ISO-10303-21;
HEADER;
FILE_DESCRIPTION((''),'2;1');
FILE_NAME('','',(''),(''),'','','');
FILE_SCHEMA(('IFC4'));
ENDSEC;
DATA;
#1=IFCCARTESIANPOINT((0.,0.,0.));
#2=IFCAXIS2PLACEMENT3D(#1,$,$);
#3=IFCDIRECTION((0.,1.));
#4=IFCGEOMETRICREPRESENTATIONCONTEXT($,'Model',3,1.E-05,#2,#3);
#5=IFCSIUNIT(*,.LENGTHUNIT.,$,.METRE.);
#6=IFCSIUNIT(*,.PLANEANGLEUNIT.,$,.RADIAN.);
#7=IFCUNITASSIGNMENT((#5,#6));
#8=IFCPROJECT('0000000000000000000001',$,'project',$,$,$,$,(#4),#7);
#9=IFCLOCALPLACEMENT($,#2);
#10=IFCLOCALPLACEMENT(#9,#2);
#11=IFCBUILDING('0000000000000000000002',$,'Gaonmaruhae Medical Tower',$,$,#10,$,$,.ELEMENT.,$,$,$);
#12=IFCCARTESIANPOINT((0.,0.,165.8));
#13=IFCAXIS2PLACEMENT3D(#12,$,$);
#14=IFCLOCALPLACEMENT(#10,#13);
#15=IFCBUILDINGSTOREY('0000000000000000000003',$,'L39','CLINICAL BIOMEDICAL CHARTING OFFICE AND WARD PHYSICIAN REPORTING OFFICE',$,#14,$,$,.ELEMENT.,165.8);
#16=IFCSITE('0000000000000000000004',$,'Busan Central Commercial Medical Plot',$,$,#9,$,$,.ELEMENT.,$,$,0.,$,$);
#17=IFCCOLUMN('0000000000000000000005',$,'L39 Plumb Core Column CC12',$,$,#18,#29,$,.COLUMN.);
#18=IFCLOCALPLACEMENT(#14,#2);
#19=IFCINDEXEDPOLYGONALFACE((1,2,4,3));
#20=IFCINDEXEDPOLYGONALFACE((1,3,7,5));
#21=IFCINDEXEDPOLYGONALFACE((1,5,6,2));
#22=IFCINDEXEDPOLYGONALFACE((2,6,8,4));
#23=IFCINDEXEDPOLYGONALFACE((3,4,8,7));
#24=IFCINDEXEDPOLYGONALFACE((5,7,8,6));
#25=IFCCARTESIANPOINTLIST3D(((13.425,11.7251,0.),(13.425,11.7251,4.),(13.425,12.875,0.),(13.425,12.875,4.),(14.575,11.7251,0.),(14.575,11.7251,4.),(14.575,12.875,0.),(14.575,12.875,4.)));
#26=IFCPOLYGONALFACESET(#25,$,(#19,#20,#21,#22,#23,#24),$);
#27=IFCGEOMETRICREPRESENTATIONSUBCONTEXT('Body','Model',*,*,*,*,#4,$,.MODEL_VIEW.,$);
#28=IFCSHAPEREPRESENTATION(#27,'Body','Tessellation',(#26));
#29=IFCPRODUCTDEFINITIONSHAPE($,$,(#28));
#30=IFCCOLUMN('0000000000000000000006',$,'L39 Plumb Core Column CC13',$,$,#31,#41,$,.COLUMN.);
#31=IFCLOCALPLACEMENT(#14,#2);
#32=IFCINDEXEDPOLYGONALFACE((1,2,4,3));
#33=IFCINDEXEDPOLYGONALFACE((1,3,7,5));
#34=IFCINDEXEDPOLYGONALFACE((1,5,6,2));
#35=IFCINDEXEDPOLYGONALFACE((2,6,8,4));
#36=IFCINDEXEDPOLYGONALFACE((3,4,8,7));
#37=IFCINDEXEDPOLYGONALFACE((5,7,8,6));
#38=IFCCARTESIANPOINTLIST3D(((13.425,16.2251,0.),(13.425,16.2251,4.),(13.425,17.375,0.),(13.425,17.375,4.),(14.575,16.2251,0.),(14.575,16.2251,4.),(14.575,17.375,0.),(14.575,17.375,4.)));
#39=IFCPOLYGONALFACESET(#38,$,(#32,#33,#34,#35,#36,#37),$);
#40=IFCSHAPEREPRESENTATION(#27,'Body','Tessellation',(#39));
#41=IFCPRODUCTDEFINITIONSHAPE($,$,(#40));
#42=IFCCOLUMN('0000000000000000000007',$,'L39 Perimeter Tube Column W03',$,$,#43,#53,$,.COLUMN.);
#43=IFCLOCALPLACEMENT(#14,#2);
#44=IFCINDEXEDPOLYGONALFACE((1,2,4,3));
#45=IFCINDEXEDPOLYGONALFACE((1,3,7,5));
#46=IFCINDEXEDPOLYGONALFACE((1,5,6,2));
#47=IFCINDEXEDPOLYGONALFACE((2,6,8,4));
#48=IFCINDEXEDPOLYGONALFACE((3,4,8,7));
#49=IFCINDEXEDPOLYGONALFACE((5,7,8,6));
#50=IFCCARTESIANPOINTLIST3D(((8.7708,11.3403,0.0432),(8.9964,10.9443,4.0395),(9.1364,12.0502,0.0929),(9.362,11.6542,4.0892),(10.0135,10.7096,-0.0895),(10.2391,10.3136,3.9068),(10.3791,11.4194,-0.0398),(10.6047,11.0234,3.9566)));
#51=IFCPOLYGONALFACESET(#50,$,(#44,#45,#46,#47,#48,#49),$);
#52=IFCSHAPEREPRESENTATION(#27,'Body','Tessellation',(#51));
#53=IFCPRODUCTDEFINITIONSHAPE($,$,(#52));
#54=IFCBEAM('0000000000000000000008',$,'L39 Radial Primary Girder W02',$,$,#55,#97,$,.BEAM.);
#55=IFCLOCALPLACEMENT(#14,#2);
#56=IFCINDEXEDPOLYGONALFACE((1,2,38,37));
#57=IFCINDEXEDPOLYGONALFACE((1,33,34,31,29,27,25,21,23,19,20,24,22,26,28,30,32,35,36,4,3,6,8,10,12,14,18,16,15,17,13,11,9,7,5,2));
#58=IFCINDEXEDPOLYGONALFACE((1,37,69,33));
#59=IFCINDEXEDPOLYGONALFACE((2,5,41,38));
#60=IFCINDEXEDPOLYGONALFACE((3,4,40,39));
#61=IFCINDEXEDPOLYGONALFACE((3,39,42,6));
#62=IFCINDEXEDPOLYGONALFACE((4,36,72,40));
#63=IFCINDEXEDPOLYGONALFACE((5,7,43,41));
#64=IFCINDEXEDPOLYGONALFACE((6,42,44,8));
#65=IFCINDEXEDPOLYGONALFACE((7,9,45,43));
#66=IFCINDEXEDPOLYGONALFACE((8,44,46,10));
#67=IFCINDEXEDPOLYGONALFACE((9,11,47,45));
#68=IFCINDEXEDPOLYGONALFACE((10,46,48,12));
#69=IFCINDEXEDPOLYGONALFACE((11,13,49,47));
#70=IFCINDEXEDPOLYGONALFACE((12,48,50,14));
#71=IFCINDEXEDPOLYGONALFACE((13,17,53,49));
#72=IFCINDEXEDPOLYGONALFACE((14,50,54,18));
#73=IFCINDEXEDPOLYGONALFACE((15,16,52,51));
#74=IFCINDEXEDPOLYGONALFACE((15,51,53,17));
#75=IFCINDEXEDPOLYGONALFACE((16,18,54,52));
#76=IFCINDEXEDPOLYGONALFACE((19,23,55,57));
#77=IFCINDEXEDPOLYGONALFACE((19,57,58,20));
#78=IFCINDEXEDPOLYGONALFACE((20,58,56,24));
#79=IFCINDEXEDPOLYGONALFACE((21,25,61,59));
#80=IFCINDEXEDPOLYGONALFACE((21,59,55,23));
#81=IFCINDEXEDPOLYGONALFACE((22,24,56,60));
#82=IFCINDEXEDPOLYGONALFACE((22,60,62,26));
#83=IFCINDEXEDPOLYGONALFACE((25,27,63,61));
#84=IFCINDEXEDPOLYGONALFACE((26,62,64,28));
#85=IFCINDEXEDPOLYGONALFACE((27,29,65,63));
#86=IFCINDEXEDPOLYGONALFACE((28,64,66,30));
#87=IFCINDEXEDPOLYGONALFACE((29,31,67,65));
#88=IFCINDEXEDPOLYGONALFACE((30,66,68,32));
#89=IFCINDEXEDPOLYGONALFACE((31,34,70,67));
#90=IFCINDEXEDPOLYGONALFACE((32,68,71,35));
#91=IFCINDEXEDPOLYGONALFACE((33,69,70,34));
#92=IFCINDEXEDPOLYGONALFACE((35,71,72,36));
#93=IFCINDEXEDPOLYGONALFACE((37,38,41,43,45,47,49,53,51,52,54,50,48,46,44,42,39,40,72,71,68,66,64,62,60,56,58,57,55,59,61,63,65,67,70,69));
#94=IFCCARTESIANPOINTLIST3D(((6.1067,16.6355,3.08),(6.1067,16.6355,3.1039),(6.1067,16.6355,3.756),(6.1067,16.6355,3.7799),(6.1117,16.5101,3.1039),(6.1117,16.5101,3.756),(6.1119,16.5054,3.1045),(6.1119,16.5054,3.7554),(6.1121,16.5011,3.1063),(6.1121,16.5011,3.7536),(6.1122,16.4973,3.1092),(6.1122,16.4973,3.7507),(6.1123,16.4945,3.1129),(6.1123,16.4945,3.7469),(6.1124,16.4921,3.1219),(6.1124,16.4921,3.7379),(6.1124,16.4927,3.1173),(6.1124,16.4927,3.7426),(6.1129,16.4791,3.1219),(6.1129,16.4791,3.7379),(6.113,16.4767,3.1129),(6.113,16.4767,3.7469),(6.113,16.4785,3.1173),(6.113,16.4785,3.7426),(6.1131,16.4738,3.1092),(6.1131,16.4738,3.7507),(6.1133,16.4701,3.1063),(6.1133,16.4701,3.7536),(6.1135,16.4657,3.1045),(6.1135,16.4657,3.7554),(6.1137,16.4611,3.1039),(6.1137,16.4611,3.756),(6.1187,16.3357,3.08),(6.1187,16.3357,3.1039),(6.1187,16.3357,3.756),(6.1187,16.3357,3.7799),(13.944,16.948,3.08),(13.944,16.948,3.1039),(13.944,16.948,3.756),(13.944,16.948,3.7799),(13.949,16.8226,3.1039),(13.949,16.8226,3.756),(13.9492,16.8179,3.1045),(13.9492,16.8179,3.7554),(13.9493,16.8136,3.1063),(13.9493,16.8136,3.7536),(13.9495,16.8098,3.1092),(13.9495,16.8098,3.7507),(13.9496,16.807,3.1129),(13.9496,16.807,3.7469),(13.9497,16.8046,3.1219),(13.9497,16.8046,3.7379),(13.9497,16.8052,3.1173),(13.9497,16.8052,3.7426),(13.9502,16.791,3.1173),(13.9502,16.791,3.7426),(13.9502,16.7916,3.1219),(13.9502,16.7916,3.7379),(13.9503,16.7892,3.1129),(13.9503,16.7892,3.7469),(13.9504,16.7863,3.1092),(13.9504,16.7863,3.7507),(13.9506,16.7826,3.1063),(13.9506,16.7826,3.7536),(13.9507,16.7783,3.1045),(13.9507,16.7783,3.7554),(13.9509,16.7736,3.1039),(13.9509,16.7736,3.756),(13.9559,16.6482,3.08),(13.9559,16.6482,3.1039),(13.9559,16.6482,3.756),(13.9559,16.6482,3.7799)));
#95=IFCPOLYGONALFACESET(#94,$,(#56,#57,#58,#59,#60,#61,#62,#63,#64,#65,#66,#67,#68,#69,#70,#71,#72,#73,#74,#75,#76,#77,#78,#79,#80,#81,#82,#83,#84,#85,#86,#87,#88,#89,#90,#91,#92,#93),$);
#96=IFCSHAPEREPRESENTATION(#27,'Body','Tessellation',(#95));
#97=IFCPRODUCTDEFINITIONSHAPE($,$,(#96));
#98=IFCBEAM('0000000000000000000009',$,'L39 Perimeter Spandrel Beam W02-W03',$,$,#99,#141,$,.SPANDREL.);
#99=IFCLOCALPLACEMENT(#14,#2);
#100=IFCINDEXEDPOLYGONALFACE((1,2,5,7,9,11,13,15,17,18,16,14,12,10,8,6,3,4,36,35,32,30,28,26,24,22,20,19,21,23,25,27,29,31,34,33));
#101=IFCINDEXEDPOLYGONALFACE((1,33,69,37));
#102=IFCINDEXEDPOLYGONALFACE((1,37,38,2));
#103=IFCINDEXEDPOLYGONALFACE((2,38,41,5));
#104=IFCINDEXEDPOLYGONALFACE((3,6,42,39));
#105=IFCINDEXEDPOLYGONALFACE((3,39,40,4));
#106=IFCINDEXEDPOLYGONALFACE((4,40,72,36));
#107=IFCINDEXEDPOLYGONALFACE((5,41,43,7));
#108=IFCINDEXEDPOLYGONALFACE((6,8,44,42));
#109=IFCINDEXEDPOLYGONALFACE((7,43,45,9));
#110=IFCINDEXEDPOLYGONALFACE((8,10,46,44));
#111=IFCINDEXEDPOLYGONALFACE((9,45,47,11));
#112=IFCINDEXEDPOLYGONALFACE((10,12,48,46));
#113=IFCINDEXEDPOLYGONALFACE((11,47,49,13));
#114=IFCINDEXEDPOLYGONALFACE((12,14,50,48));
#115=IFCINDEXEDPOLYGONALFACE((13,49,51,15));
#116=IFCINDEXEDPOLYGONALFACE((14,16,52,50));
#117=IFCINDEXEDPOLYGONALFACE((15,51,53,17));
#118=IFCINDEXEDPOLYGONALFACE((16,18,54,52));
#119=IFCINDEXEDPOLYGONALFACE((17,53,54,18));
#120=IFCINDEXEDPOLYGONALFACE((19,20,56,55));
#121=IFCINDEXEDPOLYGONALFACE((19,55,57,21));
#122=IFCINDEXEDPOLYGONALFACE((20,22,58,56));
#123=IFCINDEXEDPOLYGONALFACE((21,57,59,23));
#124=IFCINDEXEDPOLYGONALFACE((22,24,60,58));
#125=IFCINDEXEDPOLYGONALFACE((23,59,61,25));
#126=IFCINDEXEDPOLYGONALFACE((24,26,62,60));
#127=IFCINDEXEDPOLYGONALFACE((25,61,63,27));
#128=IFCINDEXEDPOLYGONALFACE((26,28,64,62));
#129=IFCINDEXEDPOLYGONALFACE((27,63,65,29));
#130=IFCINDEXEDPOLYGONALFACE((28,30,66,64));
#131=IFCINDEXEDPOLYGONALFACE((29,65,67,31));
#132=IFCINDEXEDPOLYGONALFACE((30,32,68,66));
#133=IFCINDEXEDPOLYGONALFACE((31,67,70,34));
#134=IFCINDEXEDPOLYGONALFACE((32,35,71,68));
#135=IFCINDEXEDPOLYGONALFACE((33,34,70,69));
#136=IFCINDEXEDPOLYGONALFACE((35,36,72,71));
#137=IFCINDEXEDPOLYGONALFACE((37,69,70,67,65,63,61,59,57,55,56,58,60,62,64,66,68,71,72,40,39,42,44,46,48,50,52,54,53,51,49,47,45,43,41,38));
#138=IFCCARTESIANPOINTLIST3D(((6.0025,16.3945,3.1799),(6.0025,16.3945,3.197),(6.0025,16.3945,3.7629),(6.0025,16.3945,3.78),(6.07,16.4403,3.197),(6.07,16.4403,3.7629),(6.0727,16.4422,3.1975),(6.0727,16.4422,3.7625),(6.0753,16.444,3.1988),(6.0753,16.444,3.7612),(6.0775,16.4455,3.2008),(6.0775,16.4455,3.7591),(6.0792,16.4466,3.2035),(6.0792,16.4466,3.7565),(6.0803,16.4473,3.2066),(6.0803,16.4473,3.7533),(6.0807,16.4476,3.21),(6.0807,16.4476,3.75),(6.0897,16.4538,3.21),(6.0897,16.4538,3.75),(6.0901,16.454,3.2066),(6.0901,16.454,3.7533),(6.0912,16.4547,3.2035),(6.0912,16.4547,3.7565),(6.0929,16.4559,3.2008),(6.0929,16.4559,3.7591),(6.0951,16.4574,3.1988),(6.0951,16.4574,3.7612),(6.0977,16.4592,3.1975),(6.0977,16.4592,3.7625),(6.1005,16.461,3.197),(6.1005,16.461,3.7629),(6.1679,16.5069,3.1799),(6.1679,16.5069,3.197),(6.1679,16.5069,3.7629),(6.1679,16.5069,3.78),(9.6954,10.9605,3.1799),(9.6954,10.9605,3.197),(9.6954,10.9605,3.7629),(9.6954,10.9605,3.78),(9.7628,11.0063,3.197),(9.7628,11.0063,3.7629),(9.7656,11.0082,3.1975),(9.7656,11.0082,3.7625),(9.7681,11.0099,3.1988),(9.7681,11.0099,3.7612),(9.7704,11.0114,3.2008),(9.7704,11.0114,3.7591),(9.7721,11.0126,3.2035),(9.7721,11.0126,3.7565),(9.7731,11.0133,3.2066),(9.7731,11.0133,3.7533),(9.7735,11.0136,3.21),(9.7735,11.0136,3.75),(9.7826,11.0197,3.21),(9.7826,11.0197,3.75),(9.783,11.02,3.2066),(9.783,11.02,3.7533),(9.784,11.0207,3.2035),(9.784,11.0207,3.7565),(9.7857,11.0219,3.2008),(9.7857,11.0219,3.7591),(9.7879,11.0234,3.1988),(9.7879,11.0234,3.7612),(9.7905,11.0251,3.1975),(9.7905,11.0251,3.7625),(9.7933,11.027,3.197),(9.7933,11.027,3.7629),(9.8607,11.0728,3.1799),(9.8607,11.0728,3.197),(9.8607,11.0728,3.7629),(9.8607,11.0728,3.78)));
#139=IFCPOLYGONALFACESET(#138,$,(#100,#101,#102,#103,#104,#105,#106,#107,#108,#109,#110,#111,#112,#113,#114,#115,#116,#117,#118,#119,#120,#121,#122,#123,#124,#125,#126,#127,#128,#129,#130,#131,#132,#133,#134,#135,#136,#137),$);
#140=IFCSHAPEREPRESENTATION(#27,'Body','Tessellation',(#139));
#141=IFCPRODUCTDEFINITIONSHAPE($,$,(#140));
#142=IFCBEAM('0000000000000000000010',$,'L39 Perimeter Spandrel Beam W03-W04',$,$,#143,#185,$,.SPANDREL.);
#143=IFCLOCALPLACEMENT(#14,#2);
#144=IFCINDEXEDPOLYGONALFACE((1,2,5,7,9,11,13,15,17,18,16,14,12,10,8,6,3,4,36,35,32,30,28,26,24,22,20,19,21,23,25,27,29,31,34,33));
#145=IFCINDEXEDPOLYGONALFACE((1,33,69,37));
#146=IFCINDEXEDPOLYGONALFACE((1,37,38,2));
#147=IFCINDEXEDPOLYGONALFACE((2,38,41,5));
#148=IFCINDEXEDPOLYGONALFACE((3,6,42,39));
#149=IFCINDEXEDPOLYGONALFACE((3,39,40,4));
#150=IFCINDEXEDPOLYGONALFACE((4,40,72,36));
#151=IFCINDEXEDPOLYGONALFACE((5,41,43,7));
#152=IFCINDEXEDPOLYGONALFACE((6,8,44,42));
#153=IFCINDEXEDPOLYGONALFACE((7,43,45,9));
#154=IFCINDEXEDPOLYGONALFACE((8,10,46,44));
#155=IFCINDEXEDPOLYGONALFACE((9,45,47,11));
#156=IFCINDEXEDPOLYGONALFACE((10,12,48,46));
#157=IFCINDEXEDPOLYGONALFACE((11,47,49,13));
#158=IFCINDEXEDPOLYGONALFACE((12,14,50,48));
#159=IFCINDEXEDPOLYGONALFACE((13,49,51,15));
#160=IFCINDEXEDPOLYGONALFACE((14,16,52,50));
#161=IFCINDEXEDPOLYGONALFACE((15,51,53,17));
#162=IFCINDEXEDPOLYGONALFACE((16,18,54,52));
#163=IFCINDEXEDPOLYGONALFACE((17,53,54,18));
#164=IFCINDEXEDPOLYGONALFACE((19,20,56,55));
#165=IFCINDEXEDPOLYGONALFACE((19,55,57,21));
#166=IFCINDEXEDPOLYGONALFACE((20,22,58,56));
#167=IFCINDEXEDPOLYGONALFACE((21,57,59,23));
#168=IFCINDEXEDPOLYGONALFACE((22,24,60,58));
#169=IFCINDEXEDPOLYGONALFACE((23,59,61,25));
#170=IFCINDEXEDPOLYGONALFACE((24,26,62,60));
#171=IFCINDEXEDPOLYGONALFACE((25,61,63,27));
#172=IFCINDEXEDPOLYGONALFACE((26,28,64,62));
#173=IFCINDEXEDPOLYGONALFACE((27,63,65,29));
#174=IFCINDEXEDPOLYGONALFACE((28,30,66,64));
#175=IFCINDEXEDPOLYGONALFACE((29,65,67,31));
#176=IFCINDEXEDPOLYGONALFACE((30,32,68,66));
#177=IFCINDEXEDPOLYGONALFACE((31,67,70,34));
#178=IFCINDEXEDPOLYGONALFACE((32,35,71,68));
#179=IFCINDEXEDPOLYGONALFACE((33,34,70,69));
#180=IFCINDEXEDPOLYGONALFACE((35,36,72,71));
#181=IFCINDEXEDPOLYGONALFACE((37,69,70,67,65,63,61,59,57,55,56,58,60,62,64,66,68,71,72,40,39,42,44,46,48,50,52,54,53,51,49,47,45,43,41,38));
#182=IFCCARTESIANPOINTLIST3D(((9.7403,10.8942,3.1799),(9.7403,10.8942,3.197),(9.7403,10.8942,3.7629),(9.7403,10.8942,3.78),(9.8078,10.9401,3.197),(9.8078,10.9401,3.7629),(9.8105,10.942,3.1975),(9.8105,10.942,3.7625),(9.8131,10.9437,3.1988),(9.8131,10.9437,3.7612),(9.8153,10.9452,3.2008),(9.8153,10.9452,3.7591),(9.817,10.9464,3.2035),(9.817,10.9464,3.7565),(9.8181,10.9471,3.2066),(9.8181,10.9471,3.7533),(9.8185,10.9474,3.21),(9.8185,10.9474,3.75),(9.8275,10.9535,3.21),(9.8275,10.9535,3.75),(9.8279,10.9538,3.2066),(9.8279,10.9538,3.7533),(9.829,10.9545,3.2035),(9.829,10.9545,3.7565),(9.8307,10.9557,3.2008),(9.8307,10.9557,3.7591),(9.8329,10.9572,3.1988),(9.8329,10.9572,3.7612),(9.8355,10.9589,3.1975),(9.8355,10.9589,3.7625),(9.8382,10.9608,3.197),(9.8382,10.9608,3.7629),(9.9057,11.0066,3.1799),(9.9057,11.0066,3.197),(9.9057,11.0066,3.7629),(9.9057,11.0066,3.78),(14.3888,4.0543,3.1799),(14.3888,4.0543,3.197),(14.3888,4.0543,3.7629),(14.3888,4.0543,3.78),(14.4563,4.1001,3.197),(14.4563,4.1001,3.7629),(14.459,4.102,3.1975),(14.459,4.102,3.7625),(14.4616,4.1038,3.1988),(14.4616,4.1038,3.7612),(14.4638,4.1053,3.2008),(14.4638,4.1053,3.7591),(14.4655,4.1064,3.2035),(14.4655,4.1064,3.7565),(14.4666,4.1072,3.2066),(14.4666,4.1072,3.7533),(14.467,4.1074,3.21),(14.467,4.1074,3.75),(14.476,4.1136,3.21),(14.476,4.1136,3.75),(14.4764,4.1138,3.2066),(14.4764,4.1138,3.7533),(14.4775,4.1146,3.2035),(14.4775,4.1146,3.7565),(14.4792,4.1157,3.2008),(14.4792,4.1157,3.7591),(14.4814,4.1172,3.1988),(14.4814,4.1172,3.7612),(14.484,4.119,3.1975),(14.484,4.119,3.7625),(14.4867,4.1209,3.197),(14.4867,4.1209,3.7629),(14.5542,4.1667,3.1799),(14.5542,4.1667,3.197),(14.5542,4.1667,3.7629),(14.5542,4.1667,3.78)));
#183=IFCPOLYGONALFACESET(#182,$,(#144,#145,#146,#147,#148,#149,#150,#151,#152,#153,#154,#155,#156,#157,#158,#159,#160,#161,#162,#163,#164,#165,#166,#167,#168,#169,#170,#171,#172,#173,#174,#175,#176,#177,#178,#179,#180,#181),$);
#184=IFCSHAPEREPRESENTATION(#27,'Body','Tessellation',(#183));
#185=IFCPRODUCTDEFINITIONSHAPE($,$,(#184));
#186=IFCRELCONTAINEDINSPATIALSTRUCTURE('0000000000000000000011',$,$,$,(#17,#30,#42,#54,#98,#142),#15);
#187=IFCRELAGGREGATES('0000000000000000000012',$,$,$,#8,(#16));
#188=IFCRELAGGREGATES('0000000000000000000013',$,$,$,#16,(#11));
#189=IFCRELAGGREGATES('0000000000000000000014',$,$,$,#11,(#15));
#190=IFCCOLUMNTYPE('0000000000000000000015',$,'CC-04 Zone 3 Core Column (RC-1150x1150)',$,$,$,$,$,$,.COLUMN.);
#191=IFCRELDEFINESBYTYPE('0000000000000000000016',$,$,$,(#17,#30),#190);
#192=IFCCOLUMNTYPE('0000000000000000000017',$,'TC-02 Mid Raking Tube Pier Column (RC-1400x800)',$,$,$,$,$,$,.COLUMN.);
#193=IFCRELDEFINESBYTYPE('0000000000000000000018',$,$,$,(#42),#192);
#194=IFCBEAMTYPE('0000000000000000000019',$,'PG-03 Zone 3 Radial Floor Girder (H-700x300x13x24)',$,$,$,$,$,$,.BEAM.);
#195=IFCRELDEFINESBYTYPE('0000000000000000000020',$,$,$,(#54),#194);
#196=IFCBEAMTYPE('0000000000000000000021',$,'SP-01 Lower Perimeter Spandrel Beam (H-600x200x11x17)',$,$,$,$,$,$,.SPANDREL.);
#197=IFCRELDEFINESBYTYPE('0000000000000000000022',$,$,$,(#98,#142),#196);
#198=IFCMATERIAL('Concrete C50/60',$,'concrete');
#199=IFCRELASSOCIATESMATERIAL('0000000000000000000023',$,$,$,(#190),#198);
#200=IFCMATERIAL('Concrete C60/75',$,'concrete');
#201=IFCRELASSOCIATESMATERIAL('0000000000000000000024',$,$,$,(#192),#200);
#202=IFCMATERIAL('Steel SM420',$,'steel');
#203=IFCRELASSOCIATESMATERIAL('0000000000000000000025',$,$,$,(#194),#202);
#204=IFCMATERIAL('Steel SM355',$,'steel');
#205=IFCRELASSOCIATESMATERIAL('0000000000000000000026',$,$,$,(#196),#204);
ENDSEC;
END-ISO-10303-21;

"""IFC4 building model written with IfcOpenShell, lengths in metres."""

from ifc_helpers import new_model, si_unit, direction, frame, origin, origin_2d, place, context, subcontext, project, spatial, rectangle, i_section, extrude, material, material_profile, profile_set, type_object, element, save


model = new_model("IFC4")

# Units and contexts
model_context = context("Model", 3, precision=1e-05, world=origin(), true_north=direction((0.0, 1.0)))
body_context = subcontext(model_context, "Body", "Model", "MODEL_VIEW")
ifc_project = project(units=[si_unit("LENGTHUNIT", "METRE"), si_unit("PLANEANGLEUNIT", "RADIAN")], contexts=[model_context])

# Site, building, storey
site_placement = place(None, origin())
site = spatial("IfcSite", under=ifc_project, at=site_placement, Name="Busan Central Commercial Medical Plot", CompositionType="ELEMENT", RefElevation=0.0)
building_placement = place(site_placement, origin())
building = spatial("IfcBuilding", under=site, at=building_placement, Name="Gaonmaruhae Medical Tower", CompositionType="ELEMENT")
storey_placement = place(building_placement, frame((0.0, 0.0, 165.8)))
storey = spatial("IfcBuildingStorey", under=building, at=storey_placement, Name="L39", Description="CLINICAL BIOMEDICAL CHARTING OFFICE AND WARD PHYSICIAN REPORTING OFFICE", CompositionType="ELEMENT", Elevation=165.8)

# Columns
ifc_material_1 = material(Name="Concrete C50/60", Category="concrete")
ifc_material_profile_1 = material_profile(ifc_material_1, rectangle(XDim=1.1499, YDim=1.1499, at=origin_2d()), Name="RC-1150x1150")
ifc_profile_set_1 = profile_set([ifc_material_profile_1], Name="Concrete C50/60")
column_type_1 = type_object("IfcColumnType", Name="CC-04 Zone 3 Core Column (RC-1150x1150)", PredefinedType="COLUMN", material=ifc_profile_set_1)
for number, where, z_axis, x_axis, name in (
    (1, (14.0, 12.3, 0.0), (0.0, 0.0, 1.0), (1.0, 0.0, 0.0), "L39 Plumb Core Column CC12"),
    (2, (14.0, 16.8, 0.0), (0.0, 0.0, 1.0), (1.0, 0.0, 0.0), "L39 Plumb Core Column CC13"),
):
    element("IfcColumn", number, at=place(storey_placement, frame(where, z_axis=z_axis, x_axis=x_axis)), inside=storey, type_object=column_type_1, Name=name, PredefinedType="COLUMN", context=body_context, shape_type="SweptSolid", body=[
        extrude(rectangle(XDim=1.1499, YDim=1.1499, at=origin_2d()), origin(), (0.0, 0.0, 1.0), 4.0),
    ])
ifc_material_2 = material(Name="Concrete C60/75", Category="concrete")
ifc_material_profile_2 = material_profile(ifc_material_2, rectangle(XDim=1.3999, YDim=0.8, at=origin_2d()), Name="RC-1400x800")
ifc_profile_set_2 = profile_set([ifc_material_profile_2], Name="Concrete C60/75")
column_type_2 = type_object("IfcColumnType", Name="TC-02 Mid Raking Tube Pier Column (RC-1400x800)", PredefinedType="COLUMN", material=ifc_profile_set_2)
column_placement = place(storey_placement, frame((9.575, 11.3799, 0.0017), z_axis=(0.056085, -0.098452, 0.99356), x_axis=(-0.887696, 0.450574, 0.094756)))
element("IfcColumn", 3, at=column_placement, inside=storey, type_object=column_type_2, Name="L39 Perimeter Tube Column W03", PredefinedType="COLUMN", context=body_context, shape_type="SweptSolid", body=[
    extrude(rectangle(XDim=1.3999, YDim=0.8, at=origin_2d()), origin(), (0.0, 0.0, 1.0), 4.0222),
])

# Beams
ifc_material_3 = material(Name="Steel SM420", Category="steel")
ifc_material_profile_3 = material_profile(ifc_material_3, i_section(OverallWidth=0.3, OverallDepth=0.7, WebThickness=0.0129, FlangeThickness=0.0239, FilletRadius=0.0181, at=origin_2d()), Name="H-700x300x13x24")
ifc_profile_set_3 = profile_set([ifc_material_profile_3], Name="Steel SM420")
beam_type_1 = type_object("IfcBeamType", Name="PG-03 Zone 3 Radial Floor Girder (H-700x300x13x24)", PredefinedType="BEAM", material=ifc_profile_set_3)
beam_1_placement = place(storey_placement, frame((13.95, 16.7981, 3.4299), z_axis=(-0.999206, -0.039842, 0.0), x_axis=(0.039842, -0.999206, 0.0)))
element("IfcBeam", 4, at=beam_1_placement, inside=storey, type_object=beam_type_1, Name="L39 Radial Primary Girder W02", PredefinedType="BEAM", context=body_context, shape_type="SweptSolid", body=[
    extrude(i_section(OverallWidth=0.3, OverallDepth=0.7, WebThickness=0.0129, FlangeThickness=0.0239, FilletRadius=0.0181, at=origin_2d()), origin(), (0.0, 0.0, 1.0), 7.8435),
])
ifc_material_4 = material(Name="Steel SM355", Category="steel")
ifc_material_profile_4 = material_profile(ifc_material_4, i_section(OverallWidth=0.2, OverallDepth=0.6001, WebThickness=0.011, FlangeThickness=0.0171, FilletRadius=0.0129, at=origin_2d()), Name="H-600x200x11x17")
ifc_profile_set_4 = profile_set([ifc_material_profile_4], Name="Steel SM355")
beam_type_2 = type_object("IfcBeamType", Name="SP-01 Lower Perimeter Spandrel Beam (H-600x200x11x17)", PredefinedType="SPANDREL", material=ifc_profile_set_4)
beam_2_placement = place(storey_placement, frame((6.0852, 16.4507, 3.48), z_axis=(0.56207, -0.82709, 0.0), x_axis=(0.82709, 0.56207, 0.0)))
element("IfcBeam", 5, at=beam_2_placement, inside=storey, type_object=beam_type_2, Name="L39 Perimeter Spandrel Beam W02-W03", PredefinedType="SPANDREL", context=body_context, shape_type="SweptSolid", body=[
    extrude(i_section(OverallWidth=0.2, OverallDepth=0.6001, WebThickness=0.011, FlangeThickness=0.0171, FilletRadius=0.0129, at=origin_2d()), origin(), (0.0, 0.0, 1.0), 6.5701),
])
beam_3_placement = place(storey_placement, frame((9.823, 10.9504, 3.48), z_axis=(0.56209, -0.827076, 0.0), x_axis=(0.827076, 0.56209, 0.0)))
element("IfcBeam", 6, at=beam_3_placement, inside=storey, type_object=beam_type_2, Name="L39 Perimeter Spandrel Beam W03-W04", PredefinedType="SPANDREL", context=body_context, shape_type="SweptSolid", body=[
    extrude(i_section(OverallWidth=0.2, OverallDepth=0.6001, WebThickness=0.011, FlangeThickness=0.0171, FilletRadius=0.0129, at=origin_2d()), origin(), (0.0, 0.0, 1.0), 8.27),
])

save(model, "model.ifc")
